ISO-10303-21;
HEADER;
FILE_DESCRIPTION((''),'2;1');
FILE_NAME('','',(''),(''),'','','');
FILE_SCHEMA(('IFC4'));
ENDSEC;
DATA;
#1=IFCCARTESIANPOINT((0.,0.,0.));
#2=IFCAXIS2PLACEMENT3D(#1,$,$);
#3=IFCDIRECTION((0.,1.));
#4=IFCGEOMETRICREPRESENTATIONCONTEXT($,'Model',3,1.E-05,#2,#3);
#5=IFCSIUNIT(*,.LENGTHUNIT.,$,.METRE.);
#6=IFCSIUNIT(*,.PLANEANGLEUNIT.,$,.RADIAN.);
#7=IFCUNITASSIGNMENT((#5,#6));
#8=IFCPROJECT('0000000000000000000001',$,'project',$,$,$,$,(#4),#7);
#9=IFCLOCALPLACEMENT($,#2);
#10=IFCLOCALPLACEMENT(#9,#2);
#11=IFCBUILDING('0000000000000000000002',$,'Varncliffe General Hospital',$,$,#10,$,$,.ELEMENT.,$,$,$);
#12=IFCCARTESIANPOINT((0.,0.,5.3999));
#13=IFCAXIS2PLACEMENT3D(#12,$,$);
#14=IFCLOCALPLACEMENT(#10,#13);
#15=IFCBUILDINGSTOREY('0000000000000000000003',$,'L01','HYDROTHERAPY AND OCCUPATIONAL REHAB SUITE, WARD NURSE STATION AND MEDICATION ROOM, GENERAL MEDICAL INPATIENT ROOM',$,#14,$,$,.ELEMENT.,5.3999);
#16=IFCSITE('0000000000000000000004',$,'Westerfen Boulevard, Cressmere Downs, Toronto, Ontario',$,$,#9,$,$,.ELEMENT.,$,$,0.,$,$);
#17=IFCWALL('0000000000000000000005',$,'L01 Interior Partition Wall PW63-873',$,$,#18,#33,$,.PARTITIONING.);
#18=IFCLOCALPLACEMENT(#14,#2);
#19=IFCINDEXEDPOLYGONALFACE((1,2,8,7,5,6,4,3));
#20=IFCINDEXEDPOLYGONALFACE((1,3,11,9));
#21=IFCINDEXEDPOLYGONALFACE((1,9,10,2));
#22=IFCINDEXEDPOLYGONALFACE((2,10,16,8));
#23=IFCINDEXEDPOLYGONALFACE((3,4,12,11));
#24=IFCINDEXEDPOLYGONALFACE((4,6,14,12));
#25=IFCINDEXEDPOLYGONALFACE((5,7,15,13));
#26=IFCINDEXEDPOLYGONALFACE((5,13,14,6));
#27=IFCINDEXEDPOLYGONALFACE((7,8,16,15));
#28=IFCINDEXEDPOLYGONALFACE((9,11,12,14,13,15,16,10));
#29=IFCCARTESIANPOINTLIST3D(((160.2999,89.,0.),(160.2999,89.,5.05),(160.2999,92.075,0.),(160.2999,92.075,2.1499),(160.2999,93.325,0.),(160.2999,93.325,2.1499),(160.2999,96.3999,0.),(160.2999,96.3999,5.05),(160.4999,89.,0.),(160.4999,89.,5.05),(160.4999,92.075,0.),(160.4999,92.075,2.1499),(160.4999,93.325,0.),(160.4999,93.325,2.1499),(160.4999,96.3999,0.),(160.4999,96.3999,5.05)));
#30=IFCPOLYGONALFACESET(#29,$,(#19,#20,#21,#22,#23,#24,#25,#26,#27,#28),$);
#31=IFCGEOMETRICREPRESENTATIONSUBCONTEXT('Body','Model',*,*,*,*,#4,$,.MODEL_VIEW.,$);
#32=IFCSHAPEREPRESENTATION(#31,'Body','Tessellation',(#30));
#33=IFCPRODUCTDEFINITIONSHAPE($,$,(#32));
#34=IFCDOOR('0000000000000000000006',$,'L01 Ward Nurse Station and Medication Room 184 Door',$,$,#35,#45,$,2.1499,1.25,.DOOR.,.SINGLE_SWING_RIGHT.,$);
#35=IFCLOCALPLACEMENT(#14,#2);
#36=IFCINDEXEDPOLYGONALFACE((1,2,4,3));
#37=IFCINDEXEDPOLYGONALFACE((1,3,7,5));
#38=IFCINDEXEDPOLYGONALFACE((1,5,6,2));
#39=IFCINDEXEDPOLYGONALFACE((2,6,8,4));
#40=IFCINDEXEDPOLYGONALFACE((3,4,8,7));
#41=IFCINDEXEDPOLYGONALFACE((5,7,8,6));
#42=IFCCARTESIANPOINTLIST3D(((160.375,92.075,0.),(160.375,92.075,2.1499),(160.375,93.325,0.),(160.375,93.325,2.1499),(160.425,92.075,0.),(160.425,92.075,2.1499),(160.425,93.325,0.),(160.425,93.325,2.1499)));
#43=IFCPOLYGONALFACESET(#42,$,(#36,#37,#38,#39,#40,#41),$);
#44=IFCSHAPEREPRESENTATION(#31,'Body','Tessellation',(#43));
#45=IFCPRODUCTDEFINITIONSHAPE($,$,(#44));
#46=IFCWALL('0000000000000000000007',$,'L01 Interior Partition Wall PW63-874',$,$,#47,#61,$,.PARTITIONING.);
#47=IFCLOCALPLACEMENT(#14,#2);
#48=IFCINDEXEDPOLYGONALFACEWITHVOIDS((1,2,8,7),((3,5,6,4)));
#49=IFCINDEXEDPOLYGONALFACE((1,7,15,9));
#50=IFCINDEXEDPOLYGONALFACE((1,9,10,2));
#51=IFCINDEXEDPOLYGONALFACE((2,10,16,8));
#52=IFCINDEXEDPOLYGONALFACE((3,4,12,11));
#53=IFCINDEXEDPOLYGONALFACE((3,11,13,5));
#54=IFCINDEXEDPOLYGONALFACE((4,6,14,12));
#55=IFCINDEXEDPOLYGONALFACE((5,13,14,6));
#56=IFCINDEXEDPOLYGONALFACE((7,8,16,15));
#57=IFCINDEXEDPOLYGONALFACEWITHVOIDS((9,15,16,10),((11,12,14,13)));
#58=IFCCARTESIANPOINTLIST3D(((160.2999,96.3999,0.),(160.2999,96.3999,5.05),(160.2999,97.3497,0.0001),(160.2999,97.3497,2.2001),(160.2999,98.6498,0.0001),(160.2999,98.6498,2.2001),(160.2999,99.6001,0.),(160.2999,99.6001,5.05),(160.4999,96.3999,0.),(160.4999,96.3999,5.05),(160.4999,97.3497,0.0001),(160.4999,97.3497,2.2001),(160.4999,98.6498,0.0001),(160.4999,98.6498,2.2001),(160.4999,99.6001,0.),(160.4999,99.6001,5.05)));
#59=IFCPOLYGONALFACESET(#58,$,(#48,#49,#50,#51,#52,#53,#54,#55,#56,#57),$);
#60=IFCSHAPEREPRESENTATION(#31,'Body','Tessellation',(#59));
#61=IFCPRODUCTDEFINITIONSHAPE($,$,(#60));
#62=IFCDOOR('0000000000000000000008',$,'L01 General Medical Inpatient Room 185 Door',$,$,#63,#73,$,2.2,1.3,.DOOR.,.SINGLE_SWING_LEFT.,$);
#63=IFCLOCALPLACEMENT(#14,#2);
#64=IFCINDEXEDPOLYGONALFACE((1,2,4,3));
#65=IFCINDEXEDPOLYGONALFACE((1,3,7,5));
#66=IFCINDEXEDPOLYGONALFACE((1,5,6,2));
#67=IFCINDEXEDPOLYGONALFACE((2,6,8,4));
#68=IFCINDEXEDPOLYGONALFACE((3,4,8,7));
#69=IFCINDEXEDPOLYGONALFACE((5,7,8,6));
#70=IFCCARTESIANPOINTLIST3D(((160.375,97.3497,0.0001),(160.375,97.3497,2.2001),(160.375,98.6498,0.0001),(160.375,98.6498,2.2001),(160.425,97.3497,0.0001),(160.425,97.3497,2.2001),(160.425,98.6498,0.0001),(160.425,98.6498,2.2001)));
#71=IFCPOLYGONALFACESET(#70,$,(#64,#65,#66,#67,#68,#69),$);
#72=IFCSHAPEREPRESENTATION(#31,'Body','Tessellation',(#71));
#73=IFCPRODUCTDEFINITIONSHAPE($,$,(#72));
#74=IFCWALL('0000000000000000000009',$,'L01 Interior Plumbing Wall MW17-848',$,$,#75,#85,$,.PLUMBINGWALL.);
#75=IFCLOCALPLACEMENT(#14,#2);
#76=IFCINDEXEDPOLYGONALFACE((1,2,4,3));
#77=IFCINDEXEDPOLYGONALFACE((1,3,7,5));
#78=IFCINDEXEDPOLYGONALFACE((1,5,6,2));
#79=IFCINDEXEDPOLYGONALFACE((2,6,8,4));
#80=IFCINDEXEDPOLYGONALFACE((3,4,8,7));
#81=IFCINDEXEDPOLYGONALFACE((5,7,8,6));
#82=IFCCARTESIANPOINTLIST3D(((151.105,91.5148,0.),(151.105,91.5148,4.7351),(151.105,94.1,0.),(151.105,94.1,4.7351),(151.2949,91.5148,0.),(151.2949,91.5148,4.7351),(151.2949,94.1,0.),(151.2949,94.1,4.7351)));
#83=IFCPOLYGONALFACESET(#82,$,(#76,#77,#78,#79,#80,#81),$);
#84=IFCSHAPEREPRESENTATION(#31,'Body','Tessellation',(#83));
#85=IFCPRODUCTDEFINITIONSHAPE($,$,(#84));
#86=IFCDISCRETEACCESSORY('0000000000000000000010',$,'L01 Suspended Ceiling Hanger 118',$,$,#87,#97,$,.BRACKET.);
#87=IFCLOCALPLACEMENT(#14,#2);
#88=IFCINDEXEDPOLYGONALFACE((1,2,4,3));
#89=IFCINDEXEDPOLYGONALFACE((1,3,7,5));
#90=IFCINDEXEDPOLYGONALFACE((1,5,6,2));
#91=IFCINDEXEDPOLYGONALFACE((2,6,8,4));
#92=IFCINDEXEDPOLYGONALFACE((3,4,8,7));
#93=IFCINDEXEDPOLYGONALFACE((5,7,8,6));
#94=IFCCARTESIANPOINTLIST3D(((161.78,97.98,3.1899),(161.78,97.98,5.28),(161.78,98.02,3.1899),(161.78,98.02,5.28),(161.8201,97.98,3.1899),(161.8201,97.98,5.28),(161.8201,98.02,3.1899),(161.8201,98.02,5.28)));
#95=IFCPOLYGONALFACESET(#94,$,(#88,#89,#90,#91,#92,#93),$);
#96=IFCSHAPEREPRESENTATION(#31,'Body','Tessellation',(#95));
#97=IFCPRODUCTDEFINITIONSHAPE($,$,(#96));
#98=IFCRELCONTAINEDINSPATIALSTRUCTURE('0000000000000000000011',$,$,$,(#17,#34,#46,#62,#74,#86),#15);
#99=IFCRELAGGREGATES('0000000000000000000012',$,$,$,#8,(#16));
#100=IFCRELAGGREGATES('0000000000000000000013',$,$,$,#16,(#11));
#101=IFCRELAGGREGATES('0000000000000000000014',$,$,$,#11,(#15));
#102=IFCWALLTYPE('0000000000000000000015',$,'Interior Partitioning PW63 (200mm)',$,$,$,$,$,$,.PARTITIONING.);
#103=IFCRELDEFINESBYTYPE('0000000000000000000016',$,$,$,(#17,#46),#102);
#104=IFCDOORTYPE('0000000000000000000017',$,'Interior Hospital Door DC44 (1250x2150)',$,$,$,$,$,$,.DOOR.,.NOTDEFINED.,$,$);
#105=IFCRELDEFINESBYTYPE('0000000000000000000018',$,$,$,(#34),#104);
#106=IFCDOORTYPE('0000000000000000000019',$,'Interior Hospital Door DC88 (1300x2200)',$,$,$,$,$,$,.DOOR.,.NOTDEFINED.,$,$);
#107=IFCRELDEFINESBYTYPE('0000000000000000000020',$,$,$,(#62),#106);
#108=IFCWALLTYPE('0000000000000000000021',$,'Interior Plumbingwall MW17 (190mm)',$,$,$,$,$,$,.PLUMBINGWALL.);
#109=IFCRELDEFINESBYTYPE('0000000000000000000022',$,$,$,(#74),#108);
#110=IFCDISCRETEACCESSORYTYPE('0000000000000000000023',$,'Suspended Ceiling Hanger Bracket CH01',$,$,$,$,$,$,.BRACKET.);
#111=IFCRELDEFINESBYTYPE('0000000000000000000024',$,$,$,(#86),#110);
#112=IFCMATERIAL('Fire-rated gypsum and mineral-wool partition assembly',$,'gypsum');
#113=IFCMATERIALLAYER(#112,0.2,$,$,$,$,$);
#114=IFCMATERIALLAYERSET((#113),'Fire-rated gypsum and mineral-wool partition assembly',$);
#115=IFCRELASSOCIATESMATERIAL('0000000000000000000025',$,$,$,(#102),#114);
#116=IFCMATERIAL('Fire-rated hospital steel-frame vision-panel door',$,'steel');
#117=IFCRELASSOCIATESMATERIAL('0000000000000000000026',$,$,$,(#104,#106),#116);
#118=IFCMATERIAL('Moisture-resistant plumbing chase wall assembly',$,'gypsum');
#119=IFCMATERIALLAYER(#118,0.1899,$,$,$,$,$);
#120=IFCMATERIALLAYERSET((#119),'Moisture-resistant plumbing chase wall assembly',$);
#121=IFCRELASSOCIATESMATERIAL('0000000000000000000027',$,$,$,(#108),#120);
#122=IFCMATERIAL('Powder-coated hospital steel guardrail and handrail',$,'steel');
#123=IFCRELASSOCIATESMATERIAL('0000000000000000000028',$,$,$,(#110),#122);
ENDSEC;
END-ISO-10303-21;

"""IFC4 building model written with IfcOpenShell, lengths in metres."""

from ifc_helpers import new_model, si_unit, direction, frame, frame_2d, origin, origin_2d, place, context, subcontext, project, spatial, rectangle, extrude, material, layer, layer_set, type_object, element, fill, save


model = new_model("IFC4")

# Units and contexts
model_context = context("Model", 3, precision=1e-05, world=origin(), true_north=direction((0.0, 1.0)))
body_context = subcontext(model_context, "Body", "Model", "MODEL_VIEW")
ifc_project = project(units=[si_unit("LENGTHUNIT", "METRE"), si_unit("PLANEANGLEUNIT", "RADIAN")], contexts=[model_context])

# Site, building, storey
site_placement = place(None, origin())
site = spatial("IfcSite", under=ifc_project, at=site_placement, Name="Westerfen Boulevard, Cressmere Downs, Toronto, Ontario", CompositionType="ELEMENT", RefElevation=0.0)
building_placement = place(site_placement, origin())
building = spatial("IfcBuilding", under=site, at=building_placement, Name="Varncliffe General Hospital", CompositionType="ELEMENT")
storey_placement = place(building_placement, frame((0.0, 0.0, 5.3999)))
storey = spatial("IfcBuildingStorey", under=building, at=storey_placement, Name="L01", Description="HYDROTHERAPY AND OCCUPATIONAL REHAB SUITE, WARD NURSE STATION AND MEDICATION ROOM, GENERAL MEDICAL INPATIENT ROOM", CompositionType="ELEMENT", Elevation=5.3999)

# Walls, openings, doors
ifc_material_1 = material(Name="Fire-rated gypsum and mineral-wool partition assembly", Category="gypsum")
ifc_layer_1 = layer(ifc_material_1, 0.2)
ifc_layer_set_1 = layer_set([ifc_layer_1], Name="Fire-rated gypsum and mineral-wool partition assembly")
wall_type_1 = type_object("IfcWallType", Name="Interior Partitioning PW63 (200mm)", PredefinedType="PARTITIONING", material=ifc_layer_set_1)
ifc_material_2 = material(Name="Fire-rated hospital steel-frame vision-panel door", Category="steel")
wall_1_placement = place(storey_placement, frame((160.3999, 89.0, 0.0), z_axis=(0.0, 0.0, 1.0), x_axis=(0.0, 1.0, 0.0)))
wall_1 = element("IfcWall", 1, at=wall_1_placement, inside=storey, type_object=wall_type_1, Name="L01 Interior Partition Wall PW63-873", PredefinedType="PARTITIONING", context=body_context, shape_type="SweptSolid", body=[
    extrude(rectangle(XDim=7.3999, YDim=0.2, at=frame_2d((3.7, 0.0))), origin(), (0.0, 0.0, 1.0), 5.05),
])
opening_1_placement = place(wall_1_placement, frame((3.075, 0.0, 0.0)))
opening_1 = element("IfcOpeningElement", 2, at=opening_1_placement, cuts=wall_1, PredefinedType="OPENING", context=body_context, shape_type="SweptSolid", body=[
    extrude(rectangle(XDim=1.25, YDim=2.1499, at=frame_2d((0.625, 1.075))), frame((0.0, 0.1099, 0.0), z_axis=(0.0, -1.0, 0.0), x_axis=(1.0, 0.0, 0.0)), (0.0, 0.0, 1.0), 0.22),
])
door_type_1 = type_object("IfcDoorType", Name="Interior Hospital Door DC44 (1250x2150)", OperationType="NOTDEFINED", PredefinedType="DOOR", material=ifc_material_2)
door_1_placement = place(opening_1_placement, origin())
door_1 = element("IfcDoor", 3, at=door_1_placement, inside=storey, type_object=door_type_1, Name="L01 Ward Nurse Station and Medication Room 184 Door", OperationType="SINGLE_SWING_RIGHT", OverallHeight=2.1499, OverallWidth=1.25, PredefinedType="DOOR", context=body_context, shape_type="SweptSolid", body=[
    extrude(rectangle(XDim=1.25, YDim=2.1499, at=frame_2d((0.625, 1.075))), frame((0.0, 0.0249, 0.0), z_axis=(0.0, -1.0, 0.0), x_axis=(1.0, 0.0, 0.0)), (0.0, 0.0, 1.0), 0.05),
])
fill(opening_1, door_1)
wall_2_placement = place(storey_placement, frame((160.3999, 96.3999, 0.0), z_axis=(0.0, 0.0, 1.0), x_axis=(0.0, 1.0, 0.0)))
wall_2 = element("IfcWall", 4, at=wall_2_placement, inside=storey, type_object=wall_type_1, Name="L01 Interior Partition Wall PW63-874", PredefinedType="PARTITIONING", context=body_context, shape_type="SweptSolid", body=[
    extrude(rectangle(XDim=3.2002, YDim=0.2, at=frame_2d((1.6001, 0.0))), origin(), (0.0, 0.0, 1.0), 5.05),
])
opening_2_placement = place(wall_2_placement, frame((0.95, 0.0, 0.0)))
opening_2 = element("IfcOpeningElement", 5, at=opening_2_placement, cuts=wall_2, PredefinedType="OPENING", context=body_context, shape_type="SweptSolid", body=[
    extrude(rectangle(XDim=1.3, YDim=2.2, at=frame_2d((0.6499, 1.1001))), frame((0.0, 0.1099, 0.0), z_axis=(0.0, -1.0, 0.0), x_axis=(1.0, 0.0, 0.0)), (0.0, 0.0, 1.0), 0.22),
])
door_type_2 = type_object("IfcDoorType", Name="Interior Hospital Door DC88 (1300x2200)", OperationType="NOTDEFINED", PredefinedType="DOOR", material=ifc_material_2)
door_2_placement = place(opening_2_placement, origin())
door_2 = element("IfcDoor", 6, at=door_2_placement, inside=storey, type_object=door_type_2, Name="L01 General Medical Inpatient Room 185 Door", OperationType="SINGLE_SWING_LEFT", OverallHeight=2.2, OverallWidth=1.3, PredefinedType="DOOR", context=body_context, shape_type="SweptSolid", body=[
    extrude(rectangle(XDim=1.3, YDim=2.2, at=frame_2d((0.6499, 1.1001))), frame((0.0, 0.0249, 0.0), z_axis=(0.0, -1.0, 0.0), x_axis=(1.0, 0.0, 0.0)), (0.0, 0.0, 1.0), 0.05),
])
fill(opening_2, door_2)

# Wall
ifc_material_3 = material(Name="Moisture-resistant plumbing chase wall assembly", Category="gypsum")
ifc_layer_2 = layer(ifc_material_3, 0.1899)
ifc_layer_set_2 = layer_set([ifc_layer_2], Name="Moisture-resistant plumbing chase wall assembly")
wall_type_2 = type_object("IfcWallType", Name="Interior Plumbingwall MW17 (190mm)", PredefinedType="PLUMBINGWALL", material=ifc_layer_set_2)
wall_3_placement = place(storey_placement, frame((151.2, 91.5149, 0.0), z_axis=(0.0, 0.0, 1.0), x_axis=(0.0, 1.0, 0.0)))
element("IfcWall", 7, at=wall_3_placement, inside=storey, type_object=wall_type_2, Name="L01 Interior Plumbing Wall MW17-848", PredefinedType="PLUMBINGWALL", context=body_context, shape_type="SweptSolid", body=[
    extrude(rectangle(XDim=2.5852, YDim=0.1899, at=frame_2d((1.2925, 0.0))), origin(), (0.0, 0.0, 1.0), 4.7351),
])

# Discrete accessory
ifc_material_4 = material(Name="Powder-coated hospital steel guardrail and handrail", Category="steel")
discrete_accessory_type = type_object("IfcDiscreteAccessoryType", Name="Suspended Ceiling Hanger Bracket CH01", PredefinedType="BRACKET", material=ifc_material_4)
discrete_accessory_placement = place(storey_placement, frame((161.8, 98.0, 3.1899), z_axis=(0.0, 0.0, 1.0), x_axis=(1.0, 0.0, 0.0)))
element("IfcDiscreteAccessory", 8, at=discrete_accessory_placement, inside=storey, type_object=discrete_accessory_type, Name="L01 Suspended Ceiling Hanger 118", PredefinedType="BRACKET", context=body_context, shape_type="SweptSolid", body=[
    extrude(rectangle(XDim=0.04, YDim=0.04, at=origin_2d()), origin(), (0.0, 0.0, 1.0), 2.0901),
])

save(model, "model.ifc")
